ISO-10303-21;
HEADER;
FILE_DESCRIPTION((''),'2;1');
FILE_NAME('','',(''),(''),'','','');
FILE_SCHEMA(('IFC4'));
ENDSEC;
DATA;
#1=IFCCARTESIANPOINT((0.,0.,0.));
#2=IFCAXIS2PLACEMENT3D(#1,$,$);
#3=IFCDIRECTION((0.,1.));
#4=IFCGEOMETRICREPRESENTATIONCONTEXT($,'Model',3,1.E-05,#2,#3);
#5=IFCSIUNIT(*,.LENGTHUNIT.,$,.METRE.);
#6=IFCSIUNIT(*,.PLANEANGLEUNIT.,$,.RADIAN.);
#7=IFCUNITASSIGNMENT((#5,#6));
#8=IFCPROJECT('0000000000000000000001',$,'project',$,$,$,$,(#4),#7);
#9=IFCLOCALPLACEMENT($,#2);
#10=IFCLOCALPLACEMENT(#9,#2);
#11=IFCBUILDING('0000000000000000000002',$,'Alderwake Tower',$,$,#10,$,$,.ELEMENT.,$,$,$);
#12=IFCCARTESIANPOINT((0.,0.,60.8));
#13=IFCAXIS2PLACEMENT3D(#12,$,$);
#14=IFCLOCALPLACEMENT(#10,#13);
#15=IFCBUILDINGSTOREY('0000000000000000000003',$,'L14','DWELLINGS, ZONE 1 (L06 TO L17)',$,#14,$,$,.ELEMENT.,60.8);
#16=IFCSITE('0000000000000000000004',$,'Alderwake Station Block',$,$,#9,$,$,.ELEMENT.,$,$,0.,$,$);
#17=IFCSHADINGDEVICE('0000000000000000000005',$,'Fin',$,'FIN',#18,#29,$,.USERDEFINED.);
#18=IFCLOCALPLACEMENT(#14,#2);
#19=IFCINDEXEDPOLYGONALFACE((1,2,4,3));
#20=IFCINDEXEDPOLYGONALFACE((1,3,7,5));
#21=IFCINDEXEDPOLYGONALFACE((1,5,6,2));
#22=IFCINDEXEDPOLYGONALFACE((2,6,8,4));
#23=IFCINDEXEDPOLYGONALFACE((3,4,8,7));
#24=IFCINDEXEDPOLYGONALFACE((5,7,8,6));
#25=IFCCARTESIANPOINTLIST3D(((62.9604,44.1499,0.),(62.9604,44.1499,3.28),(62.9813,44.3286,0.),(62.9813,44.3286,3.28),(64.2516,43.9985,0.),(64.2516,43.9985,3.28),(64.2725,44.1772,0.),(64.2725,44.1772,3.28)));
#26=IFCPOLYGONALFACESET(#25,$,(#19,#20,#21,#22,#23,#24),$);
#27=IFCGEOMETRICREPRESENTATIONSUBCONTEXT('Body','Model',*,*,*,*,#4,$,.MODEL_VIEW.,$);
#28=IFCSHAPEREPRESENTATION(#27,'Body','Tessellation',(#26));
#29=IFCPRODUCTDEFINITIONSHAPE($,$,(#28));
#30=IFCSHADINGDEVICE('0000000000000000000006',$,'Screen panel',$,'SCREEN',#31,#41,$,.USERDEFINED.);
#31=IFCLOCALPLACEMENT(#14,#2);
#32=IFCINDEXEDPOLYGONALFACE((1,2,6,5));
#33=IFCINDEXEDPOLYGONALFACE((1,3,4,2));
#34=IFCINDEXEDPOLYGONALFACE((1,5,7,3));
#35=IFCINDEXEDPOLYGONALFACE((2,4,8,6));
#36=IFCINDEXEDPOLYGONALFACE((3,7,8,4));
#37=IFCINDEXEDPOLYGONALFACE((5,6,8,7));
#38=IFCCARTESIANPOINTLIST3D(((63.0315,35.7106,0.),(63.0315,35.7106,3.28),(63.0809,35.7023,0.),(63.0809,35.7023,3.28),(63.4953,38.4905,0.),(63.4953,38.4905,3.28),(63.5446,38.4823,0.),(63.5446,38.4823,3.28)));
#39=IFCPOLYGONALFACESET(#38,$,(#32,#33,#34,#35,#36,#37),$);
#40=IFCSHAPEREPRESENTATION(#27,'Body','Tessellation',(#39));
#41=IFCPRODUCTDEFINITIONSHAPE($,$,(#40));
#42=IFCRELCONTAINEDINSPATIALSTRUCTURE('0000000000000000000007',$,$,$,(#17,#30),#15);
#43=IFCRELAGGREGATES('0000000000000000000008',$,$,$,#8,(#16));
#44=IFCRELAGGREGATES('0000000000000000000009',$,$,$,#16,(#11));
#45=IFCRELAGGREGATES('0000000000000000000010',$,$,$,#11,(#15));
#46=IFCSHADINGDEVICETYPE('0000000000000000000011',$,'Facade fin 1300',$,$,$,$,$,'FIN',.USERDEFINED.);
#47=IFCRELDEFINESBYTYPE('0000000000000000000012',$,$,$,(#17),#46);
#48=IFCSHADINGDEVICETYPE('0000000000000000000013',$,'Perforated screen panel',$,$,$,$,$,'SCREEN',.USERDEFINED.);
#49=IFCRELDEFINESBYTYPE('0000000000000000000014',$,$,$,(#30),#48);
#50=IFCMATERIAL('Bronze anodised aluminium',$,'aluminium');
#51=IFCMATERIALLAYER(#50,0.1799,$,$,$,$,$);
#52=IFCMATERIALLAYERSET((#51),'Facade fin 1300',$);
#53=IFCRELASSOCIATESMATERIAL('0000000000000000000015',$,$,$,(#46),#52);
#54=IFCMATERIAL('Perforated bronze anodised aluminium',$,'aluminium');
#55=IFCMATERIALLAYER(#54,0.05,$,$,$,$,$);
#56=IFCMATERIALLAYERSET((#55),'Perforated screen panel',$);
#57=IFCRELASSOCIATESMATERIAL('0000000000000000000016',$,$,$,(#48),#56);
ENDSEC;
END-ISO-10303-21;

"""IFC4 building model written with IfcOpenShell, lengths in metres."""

from ifc_helpers import new_model, si_unit, direction, frame, origin, origin_2d, place, context, subcontext, project, spatial, rectangle, extrude, material, layer, layer_set, type_object, element, save


model = new_model("IFC4")

# Units and contexts
model_context = context("Model", 3, precision=1e-05, world=origin(), true_north=direction((0.0, 1.0)))
body_context = subcontext(model_context, "Body", "Model", "MODEL_VIEW")
ifc_project = project(units=[si_unit("LENGTHUNIT", "METRE"), si_unit("PLANEANGLEUNIT", "RADIAN")], contexts=[model_context])

# Site, building, storey
site_placement = place(None, origin())
site = spatial("IfcSite", under=ifc_project, at=site_placement, Name="Alderwake Station Block", CompositionType="ELEMENT", RefElevation=0.0)
building_placement = place(site_placement, origin())
building = spatial("IfcBuilding", under=site, at=building_placement, Name="Alderwake Tower", CompositionType="ELEMENT")
storey_placement = place(building_placement, frame((0.0, 0.0, 60.8)))
storey = spatial("IfcBuildingStorey", under=building, at=storey_placement, Name="L14", Description="DWELLINGS, ZONE 1 (L06 TO L17)", CompositionType="ELEMENT", Elevation=60.8)

# Shading devices
ifc_material_1 = material(Name="Bronze anodised aluminium", Category="aluminium")
ifc_layer_1 = layer(ifc_material_1, 0.1799)
ifc_layer_set_1 = layer_set([ifc_layer_1], Name="Facade fin 1300")
shading_device_type_1 = type_object("IfcShadingDeviceType", Name="Facade fin 1300", ElementType="FIN", PredefinedType="USERDEFINED", material=ifc_layer_set_1)
for number, where, z_axis, x_axis, name in (
    (1, (63.6165, 44.1636, 0.0), (0.0, 0.0, 1.0), (0.993198, -0.116435, 0.0), "Fin"),
):
    element("IfcShadingDevice", number, at=place(storey_placement, frame(where, z_axis=z_axis, x_axis=x_axis)), inside=storey, type_object=shading_device_type_1, Name=name, ObjectType="FIN", PredefinedType="USERDEFINED", context=body_context, shape_type="SweptSolid", body=[
        extrude(rectangle(XDim=1.3, YDim=0.1799, at=origin_2d()), origin(), (0.0, 0.0, 1.0), 3.28),
    ])
ifc_material_2 = material(Name="Perforated bronze anodised aluminium", Category="aluminium")
ifc_layer_2 = layer(ifc_material_2, 0.05)
ifc_layer_set_2 = layer_set([ifc_layer_2], Name="Perforated screen panel")
shading_device_type_2 = type_object("IfcShadingDeviceType", Name="Perforated screen panel", ElementType="SCREEN", PredefinedType="USERDEFINED", material=ifc_layer_set_2)
shading_device_placement = place(storey_placement, frame((63.2881, 37.0964, 0.0), z_axis=(0.0, 0.0, 1.0), x_axis=(0.986369, -0.164548, 0.0)))
element("IfcShadingDevice", 2, at=shading_device_placement, inside=storey, type_object=shading_device_type_2, Name="Screen panel", ObjectType="SCREEN", PredefinedType="USERDEFINED", context=body_context, shape_type="SweptSolid", body=[
    extrude(rectangle(XDim=0.05, YDim=2.8184, at=origin_2d()), origin(), (0.0, 0.0, 1.0), 3.28),
])

save(model, "model.ifc")
